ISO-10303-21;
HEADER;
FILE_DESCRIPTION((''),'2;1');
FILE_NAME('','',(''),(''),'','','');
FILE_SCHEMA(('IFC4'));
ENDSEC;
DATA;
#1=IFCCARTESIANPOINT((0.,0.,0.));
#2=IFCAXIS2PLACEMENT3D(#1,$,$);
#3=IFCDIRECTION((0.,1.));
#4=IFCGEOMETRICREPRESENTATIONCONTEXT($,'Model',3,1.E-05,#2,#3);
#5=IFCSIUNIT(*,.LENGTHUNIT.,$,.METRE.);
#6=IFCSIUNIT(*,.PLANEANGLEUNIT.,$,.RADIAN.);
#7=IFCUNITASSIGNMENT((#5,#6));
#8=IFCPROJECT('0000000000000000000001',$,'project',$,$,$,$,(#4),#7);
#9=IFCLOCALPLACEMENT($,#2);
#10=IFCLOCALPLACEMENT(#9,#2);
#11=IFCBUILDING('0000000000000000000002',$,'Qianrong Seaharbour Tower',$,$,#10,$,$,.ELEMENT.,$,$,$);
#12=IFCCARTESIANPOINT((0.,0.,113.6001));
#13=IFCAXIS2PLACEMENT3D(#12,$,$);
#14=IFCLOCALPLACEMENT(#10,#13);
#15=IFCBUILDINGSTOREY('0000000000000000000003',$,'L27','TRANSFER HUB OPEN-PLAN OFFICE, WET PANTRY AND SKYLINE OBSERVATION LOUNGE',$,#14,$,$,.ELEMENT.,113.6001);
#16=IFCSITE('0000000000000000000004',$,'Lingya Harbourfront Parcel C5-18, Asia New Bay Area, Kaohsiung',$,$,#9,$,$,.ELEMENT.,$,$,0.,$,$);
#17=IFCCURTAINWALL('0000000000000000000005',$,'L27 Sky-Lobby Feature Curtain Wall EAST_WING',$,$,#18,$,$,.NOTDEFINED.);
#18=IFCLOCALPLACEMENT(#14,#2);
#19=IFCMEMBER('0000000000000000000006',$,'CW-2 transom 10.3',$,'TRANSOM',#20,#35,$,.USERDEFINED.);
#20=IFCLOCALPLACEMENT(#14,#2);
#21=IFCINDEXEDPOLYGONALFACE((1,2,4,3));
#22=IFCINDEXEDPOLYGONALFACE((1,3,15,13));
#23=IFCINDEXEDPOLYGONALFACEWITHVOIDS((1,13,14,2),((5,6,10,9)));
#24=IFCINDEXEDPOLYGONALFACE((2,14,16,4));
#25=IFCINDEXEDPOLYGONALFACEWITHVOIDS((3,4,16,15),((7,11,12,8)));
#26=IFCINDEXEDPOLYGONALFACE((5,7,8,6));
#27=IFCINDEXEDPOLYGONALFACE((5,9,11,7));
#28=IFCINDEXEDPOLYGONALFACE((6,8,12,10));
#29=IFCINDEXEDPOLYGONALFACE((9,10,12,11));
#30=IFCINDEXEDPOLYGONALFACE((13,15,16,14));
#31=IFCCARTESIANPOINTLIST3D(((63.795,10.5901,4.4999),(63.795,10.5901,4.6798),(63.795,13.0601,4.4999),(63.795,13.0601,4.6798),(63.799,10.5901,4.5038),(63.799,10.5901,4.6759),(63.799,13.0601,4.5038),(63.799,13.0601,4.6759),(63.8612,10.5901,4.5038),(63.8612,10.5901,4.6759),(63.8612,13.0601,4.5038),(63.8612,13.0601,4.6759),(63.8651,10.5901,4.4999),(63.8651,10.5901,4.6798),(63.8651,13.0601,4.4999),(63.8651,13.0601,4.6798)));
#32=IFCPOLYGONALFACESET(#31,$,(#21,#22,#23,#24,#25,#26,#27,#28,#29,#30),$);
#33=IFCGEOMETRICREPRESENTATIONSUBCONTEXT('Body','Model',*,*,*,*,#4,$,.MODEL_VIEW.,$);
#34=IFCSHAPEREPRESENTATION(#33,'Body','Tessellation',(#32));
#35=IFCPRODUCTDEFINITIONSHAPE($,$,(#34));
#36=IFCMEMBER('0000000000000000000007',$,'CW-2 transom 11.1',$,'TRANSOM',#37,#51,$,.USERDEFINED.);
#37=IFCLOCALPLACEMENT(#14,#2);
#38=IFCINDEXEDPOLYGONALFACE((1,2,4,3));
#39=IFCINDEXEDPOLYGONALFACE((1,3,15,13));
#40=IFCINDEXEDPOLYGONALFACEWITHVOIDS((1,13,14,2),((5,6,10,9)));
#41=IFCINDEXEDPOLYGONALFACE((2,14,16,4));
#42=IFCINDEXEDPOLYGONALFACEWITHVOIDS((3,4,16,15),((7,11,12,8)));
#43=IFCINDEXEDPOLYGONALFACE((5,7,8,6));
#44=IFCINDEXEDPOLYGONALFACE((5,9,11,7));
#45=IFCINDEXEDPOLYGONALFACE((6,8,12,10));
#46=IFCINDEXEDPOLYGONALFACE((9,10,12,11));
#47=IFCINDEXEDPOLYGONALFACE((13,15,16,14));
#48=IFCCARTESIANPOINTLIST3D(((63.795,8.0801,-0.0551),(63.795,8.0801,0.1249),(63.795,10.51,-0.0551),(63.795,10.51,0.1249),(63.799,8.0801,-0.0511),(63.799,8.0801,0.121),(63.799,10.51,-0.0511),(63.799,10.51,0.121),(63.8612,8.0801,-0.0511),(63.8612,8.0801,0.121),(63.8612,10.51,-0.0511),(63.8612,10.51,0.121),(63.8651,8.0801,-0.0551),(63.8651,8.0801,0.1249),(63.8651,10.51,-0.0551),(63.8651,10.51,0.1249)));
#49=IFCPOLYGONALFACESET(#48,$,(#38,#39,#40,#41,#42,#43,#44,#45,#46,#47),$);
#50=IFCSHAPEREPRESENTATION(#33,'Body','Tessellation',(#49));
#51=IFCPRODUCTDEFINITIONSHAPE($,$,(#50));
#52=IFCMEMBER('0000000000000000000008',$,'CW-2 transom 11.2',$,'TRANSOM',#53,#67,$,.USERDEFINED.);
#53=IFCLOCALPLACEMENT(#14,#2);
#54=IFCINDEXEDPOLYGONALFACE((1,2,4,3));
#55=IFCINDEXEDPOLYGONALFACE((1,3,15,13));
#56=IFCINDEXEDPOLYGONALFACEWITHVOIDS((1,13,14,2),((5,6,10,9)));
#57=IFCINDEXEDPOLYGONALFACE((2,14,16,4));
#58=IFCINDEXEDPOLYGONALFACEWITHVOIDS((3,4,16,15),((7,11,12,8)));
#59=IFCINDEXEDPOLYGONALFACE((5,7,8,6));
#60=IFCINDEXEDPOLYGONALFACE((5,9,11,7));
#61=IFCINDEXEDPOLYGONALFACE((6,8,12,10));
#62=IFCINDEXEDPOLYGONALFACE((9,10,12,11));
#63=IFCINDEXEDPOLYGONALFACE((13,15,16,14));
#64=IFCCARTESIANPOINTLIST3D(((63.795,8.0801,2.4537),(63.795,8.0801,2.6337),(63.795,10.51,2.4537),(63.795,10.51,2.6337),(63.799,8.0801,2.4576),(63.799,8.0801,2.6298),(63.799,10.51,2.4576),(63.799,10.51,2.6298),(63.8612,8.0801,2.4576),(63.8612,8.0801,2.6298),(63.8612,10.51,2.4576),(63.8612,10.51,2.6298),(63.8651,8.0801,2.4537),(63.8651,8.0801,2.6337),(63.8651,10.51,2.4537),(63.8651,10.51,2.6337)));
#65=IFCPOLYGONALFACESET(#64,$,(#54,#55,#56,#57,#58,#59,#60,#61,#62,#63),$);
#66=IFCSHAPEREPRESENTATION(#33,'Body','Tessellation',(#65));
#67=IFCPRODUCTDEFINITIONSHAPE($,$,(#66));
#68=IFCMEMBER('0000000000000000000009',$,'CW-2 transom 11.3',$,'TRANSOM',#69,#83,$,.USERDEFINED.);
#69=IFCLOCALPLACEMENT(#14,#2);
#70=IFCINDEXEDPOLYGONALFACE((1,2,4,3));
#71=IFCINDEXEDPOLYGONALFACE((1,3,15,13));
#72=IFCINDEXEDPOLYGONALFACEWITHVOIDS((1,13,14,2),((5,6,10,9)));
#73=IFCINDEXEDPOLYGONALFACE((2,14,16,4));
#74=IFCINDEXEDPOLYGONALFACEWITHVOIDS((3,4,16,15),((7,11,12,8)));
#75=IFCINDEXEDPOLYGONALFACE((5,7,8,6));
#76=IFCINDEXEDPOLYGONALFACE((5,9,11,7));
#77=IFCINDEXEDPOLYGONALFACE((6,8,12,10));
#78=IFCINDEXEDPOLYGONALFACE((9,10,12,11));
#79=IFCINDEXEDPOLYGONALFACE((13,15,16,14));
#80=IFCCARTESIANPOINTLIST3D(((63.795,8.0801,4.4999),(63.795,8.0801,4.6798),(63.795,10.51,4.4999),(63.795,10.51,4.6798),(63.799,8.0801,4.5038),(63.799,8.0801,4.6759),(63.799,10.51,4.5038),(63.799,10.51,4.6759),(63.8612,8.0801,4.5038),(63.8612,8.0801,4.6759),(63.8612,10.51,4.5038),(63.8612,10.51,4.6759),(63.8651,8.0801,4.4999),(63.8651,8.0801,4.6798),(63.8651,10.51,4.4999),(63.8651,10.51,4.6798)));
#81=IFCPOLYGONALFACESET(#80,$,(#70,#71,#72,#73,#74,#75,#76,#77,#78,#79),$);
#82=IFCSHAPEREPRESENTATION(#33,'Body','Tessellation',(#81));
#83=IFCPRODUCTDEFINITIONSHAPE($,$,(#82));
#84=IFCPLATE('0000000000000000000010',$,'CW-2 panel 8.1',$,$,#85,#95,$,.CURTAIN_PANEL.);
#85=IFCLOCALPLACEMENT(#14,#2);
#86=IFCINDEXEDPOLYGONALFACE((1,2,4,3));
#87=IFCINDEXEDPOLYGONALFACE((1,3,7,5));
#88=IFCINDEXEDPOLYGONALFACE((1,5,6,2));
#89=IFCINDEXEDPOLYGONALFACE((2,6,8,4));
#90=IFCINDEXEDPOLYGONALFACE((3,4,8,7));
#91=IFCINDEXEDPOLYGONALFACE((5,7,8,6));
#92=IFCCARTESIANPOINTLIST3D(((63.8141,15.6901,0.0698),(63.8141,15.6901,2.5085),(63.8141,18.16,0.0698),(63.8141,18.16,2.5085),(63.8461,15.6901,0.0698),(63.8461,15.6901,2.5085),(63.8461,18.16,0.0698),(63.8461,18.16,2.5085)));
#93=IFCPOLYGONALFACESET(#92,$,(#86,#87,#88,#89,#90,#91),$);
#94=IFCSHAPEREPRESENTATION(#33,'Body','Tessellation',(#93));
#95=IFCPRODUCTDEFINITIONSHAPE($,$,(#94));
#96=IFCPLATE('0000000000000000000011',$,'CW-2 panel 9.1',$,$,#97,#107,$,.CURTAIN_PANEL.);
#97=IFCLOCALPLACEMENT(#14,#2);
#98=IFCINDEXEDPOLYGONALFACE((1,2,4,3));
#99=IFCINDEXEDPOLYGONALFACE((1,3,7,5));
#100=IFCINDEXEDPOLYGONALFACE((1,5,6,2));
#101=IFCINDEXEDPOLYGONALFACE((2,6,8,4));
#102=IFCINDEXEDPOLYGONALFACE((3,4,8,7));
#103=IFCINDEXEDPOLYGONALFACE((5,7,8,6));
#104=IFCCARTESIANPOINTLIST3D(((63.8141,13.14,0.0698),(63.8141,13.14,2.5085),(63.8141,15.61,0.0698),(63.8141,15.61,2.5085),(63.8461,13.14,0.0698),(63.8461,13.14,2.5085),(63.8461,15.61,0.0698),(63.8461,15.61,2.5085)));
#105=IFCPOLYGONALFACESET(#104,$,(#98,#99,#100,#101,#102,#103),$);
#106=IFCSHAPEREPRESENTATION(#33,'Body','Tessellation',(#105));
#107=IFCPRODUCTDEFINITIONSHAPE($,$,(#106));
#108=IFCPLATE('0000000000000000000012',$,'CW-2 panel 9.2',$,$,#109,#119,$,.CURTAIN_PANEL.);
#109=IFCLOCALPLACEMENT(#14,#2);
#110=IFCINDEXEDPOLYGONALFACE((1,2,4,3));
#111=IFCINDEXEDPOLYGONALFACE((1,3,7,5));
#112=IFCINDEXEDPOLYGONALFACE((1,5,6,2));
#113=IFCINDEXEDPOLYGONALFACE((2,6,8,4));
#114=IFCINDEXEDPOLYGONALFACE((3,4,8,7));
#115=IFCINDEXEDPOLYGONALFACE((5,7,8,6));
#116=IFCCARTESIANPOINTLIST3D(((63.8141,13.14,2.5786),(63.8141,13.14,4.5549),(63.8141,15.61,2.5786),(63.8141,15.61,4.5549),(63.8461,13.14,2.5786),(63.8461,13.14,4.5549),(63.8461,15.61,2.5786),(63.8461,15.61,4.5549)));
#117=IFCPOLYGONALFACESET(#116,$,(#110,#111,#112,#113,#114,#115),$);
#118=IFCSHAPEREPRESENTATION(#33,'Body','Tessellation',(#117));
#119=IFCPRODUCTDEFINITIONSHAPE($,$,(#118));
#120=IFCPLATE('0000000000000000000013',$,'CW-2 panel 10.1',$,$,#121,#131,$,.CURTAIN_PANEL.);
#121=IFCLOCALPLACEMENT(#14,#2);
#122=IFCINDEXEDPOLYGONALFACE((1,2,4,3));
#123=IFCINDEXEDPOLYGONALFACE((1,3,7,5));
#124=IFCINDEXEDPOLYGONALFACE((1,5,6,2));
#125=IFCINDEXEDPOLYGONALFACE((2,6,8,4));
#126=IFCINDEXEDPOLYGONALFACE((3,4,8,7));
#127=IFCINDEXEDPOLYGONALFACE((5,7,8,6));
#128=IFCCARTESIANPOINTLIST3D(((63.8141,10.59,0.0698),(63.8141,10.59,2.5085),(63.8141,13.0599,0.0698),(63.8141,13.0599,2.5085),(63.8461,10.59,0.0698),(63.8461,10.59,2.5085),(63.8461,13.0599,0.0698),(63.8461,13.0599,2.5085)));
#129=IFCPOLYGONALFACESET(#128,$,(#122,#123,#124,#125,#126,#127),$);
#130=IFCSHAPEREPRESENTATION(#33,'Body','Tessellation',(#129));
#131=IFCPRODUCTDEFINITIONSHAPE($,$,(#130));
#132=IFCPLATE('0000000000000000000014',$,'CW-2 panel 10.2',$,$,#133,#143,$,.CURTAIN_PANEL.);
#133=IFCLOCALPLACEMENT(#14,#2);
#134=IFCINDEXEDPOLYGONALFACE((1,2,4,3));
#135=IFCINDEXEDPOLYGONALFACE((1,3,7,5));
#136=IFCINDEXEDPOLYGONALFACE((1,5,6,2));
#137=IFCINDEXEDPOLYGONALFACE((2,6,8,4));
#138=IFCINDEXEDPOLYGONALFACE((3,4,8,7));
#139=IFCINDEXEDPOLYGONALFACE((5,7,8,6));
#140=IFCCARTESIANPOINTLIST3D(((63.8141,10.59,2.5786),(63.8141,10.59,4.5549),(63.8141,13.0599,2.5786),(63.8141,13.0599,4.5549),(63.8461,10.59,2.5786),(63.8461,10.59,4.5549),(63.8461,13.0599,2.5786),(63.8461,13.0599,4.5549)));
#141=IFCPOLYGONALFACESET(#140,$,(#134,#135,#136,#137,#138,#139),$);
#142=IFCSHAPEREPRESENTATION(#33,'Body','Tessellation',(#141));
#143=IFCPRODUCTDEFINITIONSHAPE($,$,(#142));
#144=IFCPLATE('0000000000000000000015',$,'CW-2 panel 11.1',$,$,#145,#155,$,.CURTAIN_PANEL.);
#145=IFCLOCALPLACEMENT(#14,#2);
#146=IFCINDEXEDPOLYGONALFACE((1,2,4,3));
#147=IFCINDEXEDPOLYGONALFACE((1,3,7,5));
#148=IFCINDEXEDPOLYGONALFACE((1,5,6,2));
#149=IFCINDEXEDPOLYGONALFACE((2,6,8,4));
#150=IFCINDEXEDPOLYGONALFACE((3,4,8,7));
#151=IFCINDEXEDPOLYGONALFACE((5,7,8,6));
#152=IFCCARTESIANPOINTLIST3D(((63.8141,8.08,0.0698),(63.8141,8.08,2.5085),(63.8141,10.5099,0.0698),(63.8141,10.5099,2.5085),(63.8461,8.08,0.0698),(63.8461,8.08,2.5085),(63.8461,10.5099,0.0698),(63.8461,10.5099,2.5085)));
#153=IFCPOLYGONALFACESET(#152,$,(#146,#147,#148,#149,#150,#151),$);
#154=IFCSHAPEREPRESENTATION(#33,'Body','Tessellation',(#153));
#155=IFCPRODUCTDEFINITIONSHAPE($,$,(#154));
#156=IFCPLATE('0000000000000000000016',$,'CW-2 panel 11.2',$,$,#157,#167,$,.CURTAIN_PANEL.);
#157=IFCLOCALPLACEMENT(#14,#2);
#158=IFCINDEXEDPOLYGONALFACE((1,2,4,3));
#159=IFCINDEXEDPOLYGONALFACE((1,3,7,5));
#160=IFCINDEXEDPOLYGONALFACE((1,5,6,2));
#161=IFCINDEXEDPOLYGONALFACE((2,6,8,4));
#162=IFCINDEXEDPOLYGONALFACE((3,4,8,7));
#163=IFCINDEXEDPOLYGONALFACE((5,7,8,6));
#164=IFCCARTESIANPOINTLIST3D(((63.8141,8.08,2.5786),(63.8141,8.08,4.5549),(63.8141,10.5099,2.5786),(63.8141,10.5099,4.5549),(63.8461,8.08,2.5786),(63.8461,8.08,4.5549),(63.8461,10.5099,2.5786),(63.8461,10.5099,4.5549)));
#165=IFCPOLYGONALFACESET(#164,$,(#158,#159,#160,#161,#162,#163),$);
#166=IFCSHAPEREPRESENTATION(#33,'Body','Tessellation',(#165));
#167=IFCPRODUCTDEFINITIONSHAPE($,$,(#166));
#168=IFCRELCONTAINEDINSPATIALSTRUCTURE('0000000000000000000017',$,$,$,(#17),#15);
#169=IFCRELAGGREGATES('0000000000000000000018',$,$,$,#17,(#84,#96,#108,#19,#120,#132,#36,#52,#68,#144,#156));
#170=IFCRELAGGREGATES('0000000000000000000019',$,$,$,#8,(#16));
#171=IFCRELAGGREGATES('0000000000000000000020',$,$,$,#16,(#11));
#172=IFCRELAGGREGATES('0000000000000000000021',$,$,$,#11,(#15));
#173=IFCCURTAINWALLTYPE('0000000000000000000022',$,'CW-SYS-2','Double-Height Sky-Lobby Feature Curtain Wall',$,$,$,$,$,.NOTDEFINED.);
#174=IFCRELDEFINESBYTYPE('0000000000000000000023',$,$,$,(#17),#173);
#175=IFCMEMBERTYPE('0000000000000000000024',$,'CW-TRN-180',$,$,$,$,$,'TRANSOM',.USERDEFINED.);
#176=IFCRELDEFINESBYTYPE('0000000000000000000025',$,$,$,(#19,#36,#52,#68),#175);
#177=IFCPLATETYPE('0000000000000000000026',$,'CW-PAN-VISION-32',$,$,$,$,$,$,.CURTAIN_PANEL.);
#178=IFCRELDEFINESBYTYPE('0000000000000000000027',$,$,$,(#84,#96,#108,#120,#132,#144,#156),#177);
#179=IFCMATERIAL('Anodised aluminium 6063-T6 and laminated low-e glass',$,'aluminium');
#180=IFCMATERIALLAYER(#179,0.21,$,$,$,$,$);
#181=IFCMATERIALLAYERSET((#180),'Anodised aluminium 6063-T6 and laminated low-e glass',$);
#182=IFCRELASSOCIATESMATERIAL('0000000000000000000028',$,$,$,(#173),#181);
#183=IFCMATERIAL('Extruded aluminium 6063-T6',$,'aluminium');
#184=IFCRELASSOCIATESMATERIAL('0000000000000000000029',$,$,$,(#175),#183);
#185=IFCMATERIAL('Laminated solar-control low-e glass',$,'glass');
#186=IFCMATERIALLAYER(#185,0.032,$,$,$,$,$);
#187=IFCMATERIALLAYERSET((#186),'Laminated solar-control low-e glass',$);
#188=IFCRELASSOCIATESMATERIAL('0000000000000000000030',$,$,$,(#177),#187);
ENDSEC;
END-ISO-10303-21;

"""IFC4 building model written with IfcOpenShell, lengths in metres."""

from ifc_helpers import new_model, si_unit, direction, frame, origin, origin_2d, place, context, subcontext, project, spatial, rectangle, hollow_rectangle, extrude, material, layer, layer_set, material_profile, profile_set, type_object, element, aggregate, save


model = new_model("IFC4")

# Units and contexts
model_context = context("Model", 3, precision=1e-05, world=origin(), true_north=direction((0.0, 1.0)))
body_context = subcontext(model_context, "Body", "Model", "MODEL_VIEW")
ifc_project = project(units=[si_unit("LENGTHUNIT", "METRE"), si_unit("PLANEANGLEUNIT", "RADIAN")], contexts=[model_context])

# Site, building, storey
site_placement = place(None, origin())
site = spatial("IfcSite", under=ifc_project, at=site_placement, Name="Lingya Harbourfront Parcel C5-18, Asia New Bay Area, Kaohsiung", CompositionType="ELEMENT", RefElevation=0.0)
building_placement = place(site_placement, origin())
building = spatial("IfcBuilding", under=site, at=building_placement, Name="Qianrong Seaharbour Tower", CompositionType="ELEMENT")
storey_placement = place(building_placement, frame((0.0, 0.0, 113.6001)))
storey = spatial("IfcBuildingStorey", under=building, at=storey_placement, Name="L27", Description="TRANSFER HUB OPEN-PLAN OFFICE, WET PANTRY AND SKYLINE OBSERVATION LOUNGE", CompositionType="ELEMENT", Elevation=113.6001)

# Curtain wall, members, plates
ifc_material_1 = material(Name="Anodised aluminium 6063-T6 and laminated low-e glass", Category="aluminium")
ifc_layer_1 = layer(ifc_material_1, 0.21)
ifc_layer_set_1 = layer_set([ifc_layer_1], Name="Anodised aluminium 6063-T6 and laminated low-e glass")
curtain_wall_type = type_object("IfcCurtainWallType", Name="CW-SYS-2", Description="Double-Height Sky-Lobby Feature Curtain Wall", PredefinedType="NOTDEFINED", material=ifc_layer_set_1)
curtain_wall_placement = place(storey_placement, origin())
curtain_wall = element("IfcCurtainWall", 1, at=curtain_wall_placement, inside=storey, type_object=curtain_wall_type, Name="L27 Sky-Lobby Feature Curtain Wall EAST_WING", PredefinedType="NOTDEFINED")
ifc_material_2 = material(Name="Extruded aluminium 6063-T6", Category="aluminium")
ifc_material_profile_1 = material_profile(ifc_material_2, hollow_rectangle(XDim=0.0701, YDim=0.1799, WallThickness=0.0039, at=origin_2d()), Name="ALU-TRN-180x70x4")
ifc_profile_set_1 = profile_set([ifc_material_profile_1], Name="Extruded aluminium 6063-T6")
member_type_1 = type_object("IfcMemberType", Name="CW-TRN-180", ElementType="TRANSOM", PredefinedType="USERDEFINED", material=ifc_profile_set_1)
member_1_placement = place(storey_placement, frame((63.8301, 13.0601, 4.5898), z_axis=(0.0, -1.0, 0.0), x_axis=(1.0, 0.0, 0.0)))
member_1 = element("IfcMember", 2, at=member_1_placement, type_object=member_type_1, Name="CW-2 transom 10.3", ObjectType="TRANSOM", PredefinedType="USERDEFINED", context=body_context, shape_type="SweptSolid", body=[
    extrude(hollow_rectangle(XDim=0.0701, YDim=0.1799, WallThickness=0.0039, at=origin_2d()), origin(), (0.0, 0.0, 1.0), 2.47),
])
member_2_placement = place(storey_placement, frame((63.8301, 10.51, 0.0349), z_axis=(0.0, -1.0, 0.0), x_axis=(1.0, 0.0, 0.0)))
member_2 = element("IfcMember", 3, at=member_2_placement, type_object=member_type_1, Name="CW-2 transom 11.1", ObjectType="TRANSOM", PredefinedType="USERDEFINED", context=body_context, shape_type="SweptSolid", body=[
    extrude(hollow_rectangle(XDim=0.0701, YDim=0.1799, WallThickness=0.0039, at=origin_2d()), origin(), (0.0, 0.0, 1.0), 2.4299),
])
member_3_placement = place(storey_placement, frame((63.8301, 10.51, 2.5437), z_axis=(0.0, -1.0, 0.0), x_axis=(1.0, 0.0, 0.0)))
member_3 = element("IfcMember", 4, at=member_3_placement, type_object=member_type_1, Name="CW-2 transom 11.2", ObjectType="TRANSOM", PredefinedType="USERDEFINED", context=body_context, shape_type="SweptSolid", body=[
    extrude(hollow_rectangle(XDim=0.0701, YDim=0.1799, WallThickness=0.0039, at=origin_2d()), origin(), (0.0, 0.0, 1.0), 2.4299),
])
member_4_placement = place(storey_placement, frame((63.8301, 10.51, 4.5898), z_axis=(0.0, -1.0, 0.0), x_axis=(1.0, 0.0, 0.0)))
member_4 = element("IfcMember", 5, at=member_4_placement, type_object=member_type_1, Name="CW-2 transom 11.3", ObjectType="TRANSOM", PredefinedType="USERDEFINED", context=body_context, shape_type="SweptSolid", body=[
    extrude(hollow_rectangle(XDim=0.0701, YDim=0.1799, WallThickness=0.0039, at=origin_2d()), origin(), (0.0, 0.0, 1.0), 2.4299),
])
ifc_material_3 = material(Name="Laminated solar-control low-e glass", Category="glass")
ifc_layer_2 = layer(ifc_material_3, 0.032)
ifc_layer_set_2 = layer_set([ifc_layer_2], Name="Laminated solar-control low-e glass")
plate_type = type_object("IfcPlateType", Name="CW-PAN-VISION-32", PredefinedType="CURTAIN_PANEL", material=ifc_layer_set_2)
plate_1_placement = place(storey_placement, frame((63.8301, 16.925, 0.0698), z_axis=(0.0, 0.0, 1.0), x_axis=(0.0, -1.0, 0.0)))
plate_1 = element("IfcPlate", 6, at=plate_1_placement, type_object=plate_type, Name="CW-2 panel 8.1", PredefinedType="CURTAIN_PANEL", context=body_context, shape_type="SweptSolid", body=[
    extrude(rectangle(XDim=2.47, YDim=0.032, at=origin_2d()), origin(), (0.0, 0.0, 1.0), 2.4387),
])
plate_2_placement = place(storey_placement, frame((63.8301, 14.375, 0.0698), z_axis=(0.0, 0.0, 1.0), x_axis=(0.0, -1.0, 0.0)))
plate_2 = element("IfcPlate", 7, at=plate_2_placement, type_object=plate_type, Name="CW-2 panel 9.1", PredefinedType="CURTAIN_PANEL", context=body_context, shape_type="SweptSolid", body=[
    extrude(rectangle(XDim=2.47, YDim=0.032, at=origin_2d()), origin(), (0.0, 0.0, 1.0), 2.4387),
])
plate_3_placement = place(storey_placement, frame((63.8301, 14.375, 2.5786), z_axis=(0.0, 0.0, 1.0), x_axis=(0.0, -1.0, 0.0)))
plate_3 = element("IfcPlate", 8, at=plate_3_placement, type_object=plate_type, Name="CW-2 panel 9.2", PredefinedType="CURTAIN_PANEL", context=body_context, shape_type="SweptSolid", body=[
    extrude(rectangle(XDim=2.47, YDim=0.032, at=origin_2d()), origin(), (0.0, 0.0, 1.0), 1.9763),
])
plate_4_placement = place(storey_placement, frame((63.8301, 11.825, 0.0698), z_axis=(0.0, 0.0, 1.0), x_axis=(0.0, -1.0, 0.0)))
plate_4 = element("IfcPlate", 9, at=plate_4_placement, type_object=plate_type, Name="CW-2 panel 10.1", PredefinedType="CURTAIN_PANEL", context=body_context, shape_type="SweptSolid", body=[
    extrude(rectangle(XDim=2.47, YDim=0.032, at=origin_2d()), origin(), (0.0, 0.0, 1.0), 2.4387),
])
plate_5_placement = place(storey_placement, frame((63.8301, 11.825, 2.5786), z_axis=(0.0, 0.0, 1.0), x_axis=(0.0, -1.0, 0.0)))
plate_5 = element("IfcPlate", 10, at=plate_5_placement, type_object=plate_type, Name="CW-2 panel 10.2", PredefinedType="CURTAIN_PANEL", context=body_context, shape_type="SweptSolid", body=[
    extrude(rectangle(XDim=2.47, YDim=0.032, at=origin_2d()), origin(), (0.0, 0.0, 1.0), 1.9763),
])
plate_6_placement = place(storey_placement, frame((63.8301, 9.2949, 0.0698), z_axis=(0.0, 0.0, 1.0), x_axis=(0.0, -1.0, 0.0)))
plate_6 = element("IfcPlate", 11, at=plate_6_placement, type_object=plate_type, Name="CW-2 panel 11.1", PredefinedType="CURTAIN_PANEL", context=body_context, shape_type="SweptSolid", body=[
    extrude(rectangle(XDim=2.4299, YDim=0.032, at=origin_2d()), origin(), (0.0, 0.0, 1.0), 2.4387),
])
plate_7_placement = place(storey_placement, frame((63.8301, 9.2949, 2.5786), z_axis=(0.0, 0.0, 1.0), x_axis=(0.0, -1.0, 0.0)))
plate_7 = element("IfcPlate", 12, at=plate_7_placement, type_object=plate_type, Name="CW-2 panel 11.2", PredefinedType="CURTAIN_PANEL", context=body_context, shape_type="SweptSolid", body=[
    extrude(rectangle(XDim=2.4299, YDim=0.032, at=origin_2d()), origin(), (0.0, 0.0, 1.0), 1.9763),
])
aggregate(curtain_wall, [plate_1, plate_2, plate_3, member_1, plate_4, plate_5, member_2, member_3, member_4, plate_6, plate_7])

save(model, "model.ifc")
